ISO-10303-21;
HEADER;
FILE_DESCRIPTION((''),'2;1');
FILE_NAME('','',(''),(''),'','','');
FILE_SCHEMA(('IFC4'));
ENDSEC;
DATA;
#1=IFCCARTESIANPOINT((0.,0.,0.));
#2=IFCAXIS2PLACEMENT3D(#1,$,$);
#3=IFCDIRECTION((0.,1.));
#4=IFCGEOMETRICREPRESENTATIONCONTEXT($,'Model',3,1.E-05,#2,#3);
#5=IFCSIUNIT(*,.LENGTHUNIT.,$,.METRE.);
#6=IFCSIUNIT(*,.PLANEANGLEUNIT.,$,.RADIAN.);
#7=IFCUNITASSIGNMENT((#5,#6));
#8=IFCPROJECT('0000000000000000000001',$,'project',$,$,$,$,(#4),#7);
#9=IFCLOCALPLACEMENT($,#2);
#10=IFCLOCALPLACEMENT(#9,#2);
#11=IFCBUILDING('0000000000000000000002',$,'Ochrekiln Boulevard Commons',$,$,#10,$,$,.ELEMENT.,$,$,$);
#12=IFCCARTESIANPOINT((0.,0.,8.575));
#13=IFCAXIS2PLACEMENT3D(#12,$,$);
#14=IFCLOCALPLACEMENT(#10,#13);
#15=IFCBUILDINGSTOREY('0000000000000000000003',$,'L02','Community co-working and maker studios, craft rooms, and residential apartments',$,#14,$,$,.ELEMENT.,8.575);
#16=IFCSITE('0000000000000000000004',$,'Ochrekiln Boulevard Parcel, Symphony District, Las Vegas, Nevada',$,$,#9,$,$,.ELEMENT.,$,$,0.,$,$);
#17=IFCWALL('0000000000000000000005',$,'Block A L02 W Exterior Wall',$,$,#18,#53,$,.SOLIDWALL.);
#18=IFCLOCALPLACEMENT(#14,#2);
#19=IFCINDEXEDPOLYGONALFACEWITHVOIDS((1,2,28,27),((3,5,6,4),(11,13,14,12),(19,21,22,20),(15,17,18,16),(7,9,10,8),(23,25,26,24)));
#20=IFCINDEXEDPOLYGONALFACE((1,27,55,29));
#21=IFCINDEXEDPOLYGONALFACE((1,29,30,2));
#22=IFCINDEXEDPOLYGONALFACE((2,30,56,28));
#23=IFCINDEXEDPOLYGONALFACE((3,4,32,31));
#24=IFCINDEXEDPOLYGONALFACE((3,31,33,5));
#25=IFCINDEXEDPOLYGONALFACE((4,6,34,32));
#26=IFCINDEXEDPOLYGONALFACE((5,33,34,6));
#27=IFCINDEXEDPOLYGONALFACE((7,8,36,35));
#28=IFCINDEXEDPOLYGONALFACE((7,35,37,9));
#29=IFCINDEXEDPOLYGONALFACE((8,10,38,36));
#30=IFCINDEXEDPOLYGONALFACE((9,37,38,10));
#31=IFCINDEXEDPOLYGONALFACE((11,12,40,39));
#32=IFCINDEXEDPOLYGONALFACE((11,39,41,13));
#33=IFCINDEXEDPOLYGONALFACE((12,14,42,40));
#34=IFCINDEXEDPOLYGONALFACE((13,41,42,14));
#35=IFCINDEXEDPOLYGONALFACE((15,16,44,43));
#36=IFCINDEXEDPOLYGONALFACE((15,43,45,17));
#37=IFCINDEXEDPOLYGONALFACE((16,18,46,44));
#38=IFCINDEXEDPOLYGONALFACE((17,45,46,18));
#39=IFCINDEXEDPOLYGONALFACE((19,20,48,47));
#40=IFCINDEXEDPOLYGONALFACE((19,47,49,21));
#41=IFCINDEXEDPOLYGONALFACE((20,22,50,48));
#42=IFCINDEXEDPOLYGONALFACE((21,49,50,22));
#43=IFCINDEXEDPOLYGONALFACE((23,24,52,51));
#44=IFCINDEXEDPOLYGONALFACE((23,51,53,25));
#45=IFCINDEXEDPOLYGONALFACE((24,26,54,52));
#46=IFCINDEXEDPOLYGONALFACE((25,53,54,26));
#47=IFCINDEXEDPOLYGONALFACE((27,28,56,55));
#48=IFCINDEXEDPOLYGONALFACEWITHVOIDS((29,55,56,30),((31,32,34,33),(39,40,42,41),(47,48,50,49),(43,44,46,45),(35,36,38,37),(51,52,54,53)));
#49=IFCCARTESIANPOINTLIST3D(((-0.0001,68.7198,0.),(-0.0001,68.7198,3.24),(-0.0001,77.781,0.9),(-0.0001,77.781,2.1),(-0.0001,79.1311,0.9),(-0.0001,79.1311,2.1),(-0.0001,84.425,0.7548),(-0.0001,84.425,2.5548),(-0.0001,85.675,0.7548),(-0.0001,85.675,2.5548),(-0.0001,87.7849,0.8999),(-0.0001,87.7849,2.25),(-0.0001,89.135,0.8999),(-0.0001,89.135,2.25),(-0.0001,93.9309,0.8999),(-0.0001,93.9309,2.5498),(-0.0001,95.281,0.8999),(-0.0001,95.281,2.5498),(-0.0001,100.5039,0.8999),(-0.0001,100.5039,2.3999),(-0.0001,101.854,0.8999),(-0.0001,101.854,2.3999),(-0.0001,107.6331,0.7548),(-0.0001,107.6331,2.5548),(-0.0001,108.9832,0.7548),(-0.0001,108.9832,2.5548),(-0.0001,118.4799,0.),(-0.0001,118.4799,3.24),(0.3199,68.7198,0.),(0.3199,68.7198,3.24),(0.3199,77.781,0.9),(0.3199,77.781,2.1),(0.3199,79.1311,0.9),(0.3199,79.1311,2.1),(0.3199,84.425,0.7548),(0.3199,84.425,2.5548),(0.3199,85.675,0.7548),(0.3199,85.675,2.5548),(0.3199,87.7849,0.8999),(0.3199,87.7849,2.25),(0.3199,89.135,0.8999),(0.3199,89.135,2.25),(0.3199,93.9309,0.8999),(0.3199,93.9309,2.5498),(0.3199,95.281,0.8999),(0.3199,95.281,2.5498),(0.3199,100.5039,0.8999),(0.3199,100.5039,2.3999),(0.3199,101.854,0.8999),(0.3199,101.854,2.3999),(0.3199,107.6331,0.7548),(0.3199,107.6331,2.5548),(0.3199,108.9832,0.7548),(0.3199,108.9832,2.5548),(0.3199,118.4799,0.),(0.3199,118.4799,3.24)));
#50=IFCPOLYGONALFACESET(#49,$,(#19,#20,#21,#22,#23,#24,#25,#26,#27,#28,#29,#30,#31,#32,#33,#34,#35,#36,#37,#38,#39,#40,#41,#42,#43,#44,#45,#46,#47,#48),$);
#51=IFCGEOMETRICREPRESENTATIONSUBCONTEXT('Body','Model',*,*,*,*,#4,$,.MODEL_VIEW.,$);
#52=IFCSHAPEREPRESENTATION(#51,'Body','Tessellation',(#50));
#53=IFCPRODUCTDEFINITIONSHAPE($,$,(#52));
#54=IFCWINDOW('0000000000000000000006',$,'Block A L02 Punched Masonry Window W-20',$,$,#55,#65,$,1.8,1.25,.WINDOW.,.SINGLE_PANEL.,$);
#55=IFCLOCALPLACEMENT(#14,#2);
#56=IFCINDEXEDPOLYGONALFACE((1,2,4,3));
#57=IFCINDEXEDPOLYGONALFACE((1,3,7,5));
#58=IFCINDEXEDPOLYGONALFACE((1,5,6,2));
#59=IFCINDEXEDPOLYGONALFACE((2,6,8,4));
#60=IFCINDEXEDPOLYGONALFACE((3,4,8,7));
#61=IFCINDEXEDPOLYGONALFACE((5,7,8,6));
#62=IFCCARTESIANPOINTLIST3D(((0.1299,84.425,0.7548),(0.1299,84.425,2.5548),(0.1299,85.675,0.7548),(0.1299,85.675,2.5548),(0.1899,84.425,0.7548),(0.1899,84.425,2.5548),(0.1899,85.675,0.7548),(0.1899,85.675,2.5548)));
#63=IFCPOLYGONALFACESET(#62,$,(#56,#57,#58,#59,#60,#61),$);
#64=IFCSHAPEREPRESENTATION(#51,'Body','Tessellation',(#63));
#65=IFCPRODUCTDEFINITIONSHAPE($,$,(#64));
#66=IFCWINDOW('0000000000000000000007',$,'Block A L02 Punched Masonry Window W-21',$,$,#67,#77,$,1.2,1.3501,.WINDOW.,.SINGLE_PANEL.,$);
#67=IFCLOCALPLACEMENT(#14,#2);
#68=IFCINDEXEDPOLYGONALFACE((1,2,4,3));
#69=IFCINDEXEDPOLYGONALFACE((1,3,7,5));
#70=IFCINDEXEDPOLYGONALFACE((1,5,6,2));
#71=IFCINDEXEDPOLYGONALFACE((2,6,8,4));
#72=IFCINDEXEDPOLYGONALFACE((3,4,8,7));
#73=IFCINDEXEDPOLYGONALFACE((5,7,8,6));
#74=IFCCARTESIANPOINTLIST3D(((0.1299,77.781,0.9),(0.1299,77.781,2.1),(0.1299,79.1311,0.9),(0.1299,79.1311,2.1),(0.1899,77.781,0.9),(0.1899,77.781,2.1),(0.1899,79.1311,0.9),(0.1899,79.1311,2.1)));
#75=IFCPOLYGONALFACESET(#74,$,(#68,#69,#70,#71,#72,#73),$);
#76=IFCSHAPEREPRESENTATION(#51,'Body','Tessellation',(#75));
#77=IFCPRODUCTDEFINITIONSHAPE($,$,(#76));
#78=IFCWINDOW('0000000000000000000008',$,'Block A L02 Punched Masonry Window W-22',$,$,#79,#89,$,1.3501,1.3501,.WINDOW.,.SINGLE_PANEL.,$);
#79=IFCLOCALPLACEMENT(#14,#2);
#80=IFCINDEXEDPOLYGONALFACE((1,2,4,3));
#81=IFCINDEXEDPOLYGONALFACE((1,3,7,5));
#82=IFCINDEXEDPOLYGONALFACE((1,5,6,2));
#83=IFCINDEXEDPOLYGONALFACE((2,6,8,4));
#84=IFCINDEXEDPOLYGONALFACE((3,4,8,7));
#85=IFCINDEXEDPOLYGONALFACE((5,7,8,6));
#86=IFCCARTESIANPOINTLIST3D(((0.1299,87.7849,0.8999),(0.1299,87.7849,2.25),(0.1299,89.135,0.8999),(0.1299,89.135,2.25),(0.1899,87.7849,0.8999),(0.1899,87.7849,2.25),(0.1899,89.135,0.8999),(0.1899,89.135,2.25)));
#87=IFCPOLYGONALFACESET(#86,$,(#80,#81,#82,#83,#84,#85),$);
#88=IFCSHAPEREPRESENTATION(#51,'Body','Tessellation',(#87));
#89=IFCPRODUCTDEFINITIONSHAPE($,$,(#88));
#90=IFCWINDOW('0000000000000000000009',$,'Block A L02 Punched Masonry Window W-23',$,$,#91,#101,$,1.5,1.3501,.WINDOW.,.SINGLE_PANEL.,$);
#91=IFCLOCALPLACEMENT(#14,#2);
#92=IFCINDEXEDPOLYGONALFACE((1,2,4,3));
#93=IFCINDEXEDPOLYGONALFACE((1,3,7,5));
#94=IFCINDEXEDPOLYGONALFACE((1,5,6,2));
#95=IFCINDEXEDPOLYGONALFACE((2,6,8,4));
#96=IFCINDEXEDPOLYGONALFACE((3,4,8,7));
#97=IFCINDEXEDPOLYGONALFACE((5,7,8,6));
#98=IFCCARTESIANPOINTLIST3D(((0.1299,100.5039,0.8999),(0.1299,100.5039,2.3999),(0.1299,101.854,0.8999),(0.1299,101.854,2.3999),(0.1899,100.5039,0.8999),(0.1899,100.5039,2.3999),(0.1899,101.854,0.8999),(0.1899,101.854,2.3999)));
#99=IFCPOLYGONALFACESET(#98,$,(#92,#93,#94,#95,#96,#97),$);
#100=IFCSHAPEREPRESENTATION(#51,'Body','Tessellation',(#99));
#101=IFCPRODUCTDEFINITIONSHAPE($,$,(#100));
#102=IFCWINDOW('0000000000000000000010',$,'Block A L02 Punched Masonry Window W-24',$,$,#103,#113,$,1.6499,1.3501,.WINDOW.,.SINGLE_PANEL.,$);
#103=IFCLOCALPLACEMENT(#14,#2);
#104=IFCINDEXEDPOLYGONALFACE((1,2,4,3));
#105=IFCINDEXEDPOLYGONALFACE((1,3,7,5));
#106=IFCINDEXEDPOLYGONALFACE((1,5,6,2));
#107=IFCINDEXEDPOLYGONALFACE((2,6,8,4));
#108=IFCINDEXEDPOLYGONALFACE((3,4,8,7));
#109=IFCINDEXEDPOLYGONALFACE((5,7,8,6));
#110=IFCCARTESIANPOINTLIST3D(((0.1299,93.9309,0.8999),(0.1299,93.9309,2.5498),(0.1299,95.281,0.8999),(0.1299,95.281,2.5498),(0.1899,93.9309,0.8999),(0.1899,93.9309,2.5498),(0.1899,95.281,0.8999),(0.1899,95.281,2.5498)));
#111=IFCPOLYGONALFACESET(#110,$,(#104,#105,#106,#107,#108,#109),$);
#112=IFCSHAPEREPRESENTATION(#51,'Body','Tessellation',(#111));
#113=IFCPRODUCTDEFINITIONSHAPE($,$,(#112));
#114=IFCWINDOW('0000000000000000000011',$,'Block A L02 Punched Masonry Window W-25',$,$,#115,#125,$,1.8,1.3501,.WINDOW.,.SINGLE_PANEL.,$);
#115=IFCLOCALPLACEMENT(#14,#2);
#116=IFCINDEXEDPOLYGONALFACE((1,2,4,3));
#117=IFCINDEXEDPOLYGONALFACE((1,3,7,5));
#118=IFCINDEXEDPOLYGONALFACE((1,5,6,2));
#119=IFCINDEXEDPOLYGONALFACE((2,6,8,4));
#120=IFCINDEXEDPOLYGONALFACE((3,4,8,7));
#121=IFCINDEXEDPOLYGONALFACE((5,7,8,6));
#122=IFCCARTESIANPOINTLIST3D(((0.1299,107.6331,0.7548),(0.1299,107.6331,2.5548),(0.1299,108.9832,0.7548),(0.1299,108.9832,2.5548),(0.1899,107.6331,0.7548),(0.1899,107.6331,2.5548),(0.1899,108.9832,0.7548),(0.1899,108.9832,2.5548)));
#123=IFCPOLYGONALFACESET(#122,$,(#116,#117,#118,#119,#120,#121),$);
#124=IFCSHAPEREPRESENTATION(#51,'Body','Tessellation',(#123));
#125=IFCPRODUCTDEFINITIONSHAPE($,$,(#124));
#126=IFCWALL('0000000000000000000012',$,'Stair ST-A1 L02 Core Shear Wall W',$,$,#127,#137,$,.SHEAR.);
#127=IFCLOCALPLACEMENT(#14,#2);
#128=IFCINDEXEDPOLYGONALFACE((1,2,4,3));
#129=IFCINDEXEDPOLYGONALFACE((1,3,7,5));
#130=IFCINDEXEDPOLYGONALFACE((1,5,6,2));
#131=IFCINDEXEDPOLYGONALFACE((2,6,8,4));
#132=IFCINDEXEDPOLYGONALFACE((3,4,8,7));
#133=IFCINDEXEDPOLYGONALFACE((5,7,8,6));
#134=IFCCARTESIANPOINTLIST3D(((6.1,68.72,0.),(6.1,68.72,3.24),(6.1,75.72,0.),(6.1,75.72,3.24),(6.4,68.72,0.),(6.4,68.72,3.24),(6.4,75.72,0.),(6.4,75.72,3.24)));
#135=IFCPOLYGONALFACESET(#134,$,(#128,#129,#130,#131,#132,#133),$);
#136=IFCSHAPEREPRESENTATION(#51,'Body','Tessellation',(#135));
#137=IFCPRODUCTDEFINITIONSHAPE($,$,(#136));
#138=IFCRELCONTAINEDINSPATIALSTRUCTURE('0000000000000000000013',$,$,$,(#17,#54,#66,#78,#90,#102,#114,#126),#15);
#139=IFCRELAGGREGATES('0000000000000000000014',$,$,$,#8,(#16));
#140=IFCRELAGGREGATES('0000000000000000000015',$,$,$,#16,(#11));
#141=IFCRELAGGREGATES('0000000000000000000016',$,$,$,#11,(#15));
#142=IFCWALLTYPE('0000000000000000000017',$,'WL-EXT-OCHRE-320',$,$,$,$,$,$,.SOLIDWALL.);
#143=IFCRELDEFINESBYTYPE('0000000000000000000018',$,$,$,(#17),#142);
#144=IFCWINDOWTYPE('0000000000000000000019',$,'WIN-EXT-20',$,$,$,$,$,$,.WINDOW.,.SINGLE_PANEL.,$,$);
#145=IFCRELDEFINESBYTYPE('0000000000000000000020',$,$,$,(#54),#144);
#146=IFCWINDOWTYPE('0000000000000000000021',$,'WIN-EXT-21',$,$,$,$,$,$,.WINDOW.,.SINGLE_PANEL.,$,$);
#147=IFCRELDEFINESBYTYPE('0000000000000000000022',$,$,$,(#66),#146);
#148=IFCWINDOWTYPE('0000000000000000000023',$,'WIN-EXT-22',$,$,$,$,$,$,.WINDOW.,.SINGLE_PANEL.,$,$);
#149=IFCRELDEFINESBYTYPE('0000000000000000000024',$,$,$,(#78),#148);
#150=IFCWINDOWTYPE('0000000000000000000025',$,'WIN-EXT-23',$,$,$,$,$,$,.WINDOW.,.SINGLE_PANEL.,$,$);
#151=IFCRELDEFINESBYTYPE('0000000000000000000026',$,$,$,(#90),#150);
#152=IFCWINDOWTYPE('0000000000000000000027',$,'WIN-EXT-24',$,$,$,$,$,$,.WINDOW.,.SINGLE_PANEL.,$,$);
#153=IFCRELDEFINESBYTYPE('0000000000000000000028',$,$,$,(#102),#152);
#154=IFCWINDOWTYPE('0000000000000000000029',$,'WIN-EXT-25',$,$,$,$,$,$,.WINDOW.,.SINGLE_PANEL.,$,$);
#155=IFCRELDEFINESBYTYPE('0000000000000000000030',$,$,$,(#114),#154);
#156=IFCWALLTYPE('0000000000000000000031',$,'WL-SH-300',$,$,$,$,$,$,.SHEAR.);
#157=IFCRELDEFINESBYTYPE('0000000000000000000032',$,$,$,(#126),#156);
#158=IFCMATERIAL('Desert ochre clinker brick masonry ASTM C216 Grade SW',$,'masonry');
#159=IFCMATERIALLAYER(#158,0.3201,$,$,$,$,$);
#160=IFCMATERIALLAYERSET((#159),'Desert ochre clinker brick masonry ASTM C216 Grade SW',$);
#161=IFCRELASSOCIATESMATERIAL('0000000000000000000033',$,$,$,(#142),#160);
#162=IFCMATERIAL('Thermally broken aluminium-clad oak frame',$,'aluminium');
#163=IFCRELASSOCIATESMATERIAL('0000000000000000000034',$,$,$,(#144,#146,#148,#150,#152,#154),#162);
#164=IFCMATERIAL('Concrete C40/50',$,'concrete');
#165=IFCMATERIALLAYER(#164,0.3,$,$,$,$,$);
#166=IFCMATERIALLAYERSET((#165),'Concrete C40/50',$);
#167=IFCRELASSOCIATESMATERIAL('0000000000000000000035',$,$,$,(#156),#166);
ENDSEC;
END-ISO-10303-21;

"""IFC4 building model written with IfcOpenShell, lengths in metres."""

from ifc_helpers import new_model, si_unit, direction, frame, frame_2d, origin, place, context, subcontext, project, spatial, rectangle, extrude, material, layer, layer_set, type_object, element, fill, save


model = new_model("IFC4")

# Units and contexts
model_context = context("Model", 3, precision=1e-05, world=origin(), true_north=direction((0.0, 1.0)))
body_context = subcontext(model_context, "Body", "Model", "MODEL_VIEW")
ifc_project = project(units=[si_unit("LENGTHUNIT", "METRE"), si_unit("PLANEANGLEUNIT", "RADIAN")], contexts=[model_context])

# Site, building, storey
site_placement = place(None, origin())
site = spatial("IfcSite", under=ifc_project, at=site_placement, Name="Ochrekiln Boulevard Parcel, Symphony District, Las Vegas, Nevada", CompositionType="ELEMENT", RefElevation=0.0)
building_placement = place(site_placement, origin())
building = spatial("IfcBuilding", under=site, at=building_placement, Name="Ochrekiln Boulevard Commons", CompositionType="ELEMENT")
storey_placement = place(building_placement, frame((0.0, 0.0, 8.575)))
storey = spatial("IfcBuildingStorey", under=building, at=storey_placement, Name="L02", Description="Community co-working and maker studios, craft rooms, and residential apartments", CompositionType="ELEMENT", Elevation=8.575)

# Shared definitions
ifc_material_1 = material(Name="Concrete C40/50", Category="concrete")

# Wall, openings, windows
ifc_material_2 = material(Name="Desert ochre clinker brick masonry ASTM C216 Grade SW", Category="masonry")
ifc_layer_1 = layer(ifc_material_2, 0.3201)
ifc_layer_set_1 = layer_set([ifc_layer_1], Name="Desert ochre clinker brick masonry ASTM C216 Grade SW")
wall_type_1 = type_object("IfcWallType", Name="WL-EXT-OCHRE-320", PredefinedType="SOLIDWALL", material=ifc_layer_set_1)
wall_1_placement = place(storey_placement, frame((0.1599, 68.72, 0.0), z_axis=(0.0, 0.0, 1.0), x_axis=(0.0, 1.0, 0.0)))
wall_1 = element("IfcWall", 1, at=wall_1_placement, inside=storey, type_object=wall_type_1, Name="Block A L02 W Exterior Wall", PredefinedType="SOLIDWALL", context=body_context, shape_type="SweptSolid", body=[
    extrude(rectangle(XDim=49.76, YDim=0.3201, at=frame_2d((24.8799, 0.0))), origin(), (0.0, 0.0, 1.0), 3.24),
])
opening_1_placement = place(wall_1_placement, frame((15.7051, 0.0, 0.7549)))
opening_1 = element("IfcOpeningElement", 2, at=opening_1_placement, cuts=wall_1, PredefinedType="OPENING", context=body_context, shape_type="SweptSolid", body=[
    extrude(rectangle(XDim=1.25, YDim=1.8, at=frame_2d((0.625, 0.8999))), frame((0.0, 0.1699, 0.0), z_axis=(0.0, -1.0, 0.0), x_axis=(1.0, 0.0, 0.0)), (0.0, 0.0, 1.0), 0.3401),
])
opening_2_placement = place(wall_1_placement, frame((9.061, 0.0, 0.8999)))
opening_2 = element("IfcOpeningElement", 3, at=opening_2_placement, cuts=wall_1, PredefinedType="OPENING", context=body_context, shape_type="SweptSolid", body=[
    extrude(rectangle(XDim=1.3501, YDim=1.2, at=frame_2d((0.675, 0.6001))), frame((0.0, 0.1699, 0.0), z_axis=(0.0, -1.0, 0.0), x_axis=(1.0, 0.0, 0.0)), (0.0, 0.0, 1.0), 0.3401),
])
opening_3_placement = place(wall_1_placement, frame((19.0649, 0.0, 0.8999)))
opening_3 = element("IfcOpeningElement", 4, at=opening_3_placement, cuts=wall_1, PredefinedType="OPENING", context=body_context, shape_type="SweptSolid", body=[
    extrude(rectangle(XDim=1.3501, YDim=1.3501, at=frame_2d((0.675, 0.675))), frame((0.0, 0.1699, 0.0), z_axis=(0.0, -1.0, 0.0), x_axis=(1.0, 0.0, 0.0)), (0.0, 0.0, 1.0), 0.3401),
])
opening_4_placement = place(wall_1_placement, frame((31.7839, 0.0, 0.8999)))
opening_4 = element("IfcOpeningElement", 5, at=opening_4_placement, cuts=wall_1, PredefinedType="OPENING", context=body_context, shape_type="SweptSolid", body=[
    extrude(rectangle(XDim=1.3501, YDim=1.5, at=frame_2d((0.675, 0.75))), frame((0.0, 0.1699, 0.0), z_axis=(0.0, -1.0, 0.0), x_axis=(1.0, 0.0, 0.0)), (0.0, 0.0, 1.0), 0.3401),
])
opening_5_placement = place(wall_1_placement, frame((25.2109, 0.0, 0.8999)))
opening_5 = element("IfcOpeningElement", 6, at=opening_5_placement, cuts=wall_1, PredefinedType="OPENING", context=body_context, shape_type="SweptSolid", body=[
    extrude(rectangle(XDim=1.3501, YDim=1.6499, at=frame_2d((0.675, 0.825))), frame((0.0, 0.1699, 0.0), z_axis=(0.0, -1.0, 0.0), x_axis=(1.0, 0.0, 0.0)), (0.0, 0.0, 1.0), 0.3401),
])
opening_6_placement = place(wall_1_placement, frame((38.9131, 0.0, 0.7549)))
opening_6 = element("IfcOpeningElement", 7, at=opening_6_placement, cuts=wall_1, PredefinedType="OPENING", context=body_context, shape_type="SweptSolid", body=[
    extrude(rectangle(XDim=1.3501, YDim=1.8, at=frame_2d((0.675, 0.8999))), frame((0.0, 0.1699, 0.0), z_axis=(0.0, -1.0, 0.0), x_axis=(1.0, 0.0, 0.0)), (0.0, 0.0, 1.0), 0.3401),
])
ifc_material_3 = material(Name="Thermally broken aluminium-clad oak frame", Category="aluminium")
window_type_1 = type_object("IfcWindowType", Name="WIN-EXT-20", PartitioningType="SINGLE_PANEL", PredefinedType="WINDOW", material=ifc_material_3)
window_1_placement = place(opening_1_placement, origin())
window_1 = element("IfcWindow", 8, at=window_1_placement, inside=storey, type_object=window_type_1, Name="Block A L02 Punched Masonry Window W-20", OverallHeight=1.8, OverallWidth=1.25, PartitioningType="SINGLE_PANEL", PredefinedType="WINDOW", context=body_context, shape_type="SweptSolid", body=[
    extrude(rectangle(XDim=1.25, YDim=1.8, at=frame_2d((0.625, 0.8999))), frame((0.0, 0.03, 0.0), z_axis=(0.0, -1.0, 0.0), x_axis=(1.0, 0.0, 0.0)), (0.0, 0.0, 1.0), 0.0601),
])
fill(opening_1, window_1)
window_type_2 = type_object("IfcWindowType", Name="WIN-EXT-21", PartitioningType="SINGLE_PANEL", PredefinedType="WINDOW", material=ifc_material_3)
window_2_placement = place(opening_2_placement, origin())
window_2 = element("IfcWindow", 9, at=window_2_placement, inside=storey, type_object=window_type_2, Name="Block A L02 Punched Masonry Window W-21", OverallHeight=1.2, OverallWidth=1.3501, PartitioningType="SINGLE_PANEL", PredefinedType="WINDOW", context=body_context, shape_type="SweptSolid", body=[
    extrude(rectangle(XDim=1.3501, YDim=1.2, at=frame_2d((0.675, 0.6001))), frame((0.0, 0.03, 0.0), z_axis=(0.0, -1.0, 0.0), x_axis=(1.0, 0.0, 0.0)), (0.0, 0.0, 1.0), 0.0601),
])
fill(opening_2, window_2)
window_type_3 = type_object("IfcWindowType", Name="WIN-EXT-22", PartitioningType="SINGLE_PANEL", PredefinedType="WINDOW", material=ifc_material_3)
window_3_placement = place(opening_3_placement, origin())
window_3 = element("IfcWindow", 10, at=window_3_placement, inside=storey, type_object=window_type_3, Name="Block A L02 Punched Masonry Window W-22", OverallHeight=1.3501, OverallWidth=1.3501, PartitioningType="SINGLE_PANEL", PredefinedType="WINDOW", context=body_context, shape_type="SweptSolid", body=[
    extrude(rectangle(XDim=1.3501, YDim=1.3501, at=frame_2d((0.675, 0.675))), frame((0.0, 0.03, 0.0), z_axis=(0.0, -1.0, 0.0), x_axis=(1.0, 0.0, 0.0)), (0.0, 0.0, 1.0), 0.0601),
])
fill(opening_3, window_3)
window_type_4 = type_object("IfcWindowType", Name="WIN-EXT-23", PartitioningType="SINGLE_PANEL", PredefinedType="WINDOW", material=ifc_material_3)
window_4_placement = place(opening_4_placement, origin())
window_4 = element("IfcWindow", 11, at=window_4_placement, inside=storey, type_object=window_type_4, Name="Block A L02 Punched Masonry Window W-23", OverallHeight=1.5, OverallWidth=1.3501, PartitioningType="SINGLE_PANEL", PredefinedType="WINDOW", context=body_context, shape_type="SweptSolid", body=[
    extrude(rectangle(XDim=1.3501, YDim=1.5, at=frame_2d((0.675, 0.75))), frame((0.0, 0.03, 0.0), z_axis=(0.0, -1.0, 0.0), x_axis=(1.0, 0.0, 0.0)), (0.0, 0.0, 1.0), 0.0601),
])
fill(opening_4, window_4)
window_type_5 = type_object("IfcWindowType", Name="WIN-EXT-24", PartitioningType="SINGLE_PANEL", PredefinedType="WINDOW", material=ifc_material_3)
window_5_placement = place(opening_5_placement, origin())
window_5 = element("IfcWindow", 12, at=window_5_placement, inside=storey, type_object=window_type_5, Name="Block A L02 Punched Masonry Window W-24", OverallHeight=1.6499, OverallWidth=1.3501, PartitioningType="SINGLE_PANEL", PredefinedType="WINDOW", context=body_context, shape_type="SweptSolid", body=[
    extrude(rectangle(XDim=1.3501, YDim=1.6499, at=frame_2d((0.675, 0.825))), frame((0.0, 0.03, 0.0), z_axis=(0.0, -1.0, 0.0), x_axis=(1.0, 0.0, 0.0)), (0.0, 0.0, 1.0), 0.0601),
])
fill(opening_5, window_5)
window_type_6 = type_object("IfcWindowType", Name="WIN-EXT-25", PartitioningType="SINGLE_PANEL", PredefinedType="WINDOW", material=ifc_material_3)
window_6_placement = place(opening_6_placement, origin())
window_6 = element("IfcWindow", 13, at=window_6_placement, inside=storey, type_object=window_type_6, Name="Block A L02 Punched Masonry Window W-25", OverallHeight=1.8, OverallWidth=1.3501, PartitioningType="SINGLE_PANEL", PredefinedType="WINDOW", context=body_context, shape_type="SweptSolid", body=[
    extrude(rectangle(XDim=1.3501, YDim=1.8, at=frame_2d((0.675, 0.8999))), frame((0.0, 0.03, 0.0), z_axis=(0.0, -1.0, 0.0), x_axis=(1.0, 0.0, 0.0)), (0.0, 0.0, 1.0), 0.0601),
])
fill(opening_6, window_6)

# Wall
ifc_layer_2 = layer(ifc_material_1, 0.3)
ifc_layer_set_2 = layer_set([ifc_layer_2], Name="Concrete C40/50")
wall_type_2 = type_object("IfcWallType", Name="WL-SH-300", PredefinedType="SHEAR", material=ifc_layer_set_2)
wall_2_placement = place(storey_placement, frame((6.25, 68.72, 0.0), z_axis=(0.0, 0.0, 1.0), x_axis=(0.0, 1.0, 0.0)))
element("IfcWall", 14, at=wall_2_placement, inside=storey, type_object=wall_type_2, Name="Stair ST-A1 L02 Core Shear Wall W", PredefinedType="SHEAR", context=body_context, shape_type="SweptSolid", body=[
    extrude(rectangle(XDim=7.0, YDim=0.3, at=frame_2d((3.5, 0.0))), origin(), (0.0, 0.0, 1.0), 3.24),
])

save(model, "model.ifc")
